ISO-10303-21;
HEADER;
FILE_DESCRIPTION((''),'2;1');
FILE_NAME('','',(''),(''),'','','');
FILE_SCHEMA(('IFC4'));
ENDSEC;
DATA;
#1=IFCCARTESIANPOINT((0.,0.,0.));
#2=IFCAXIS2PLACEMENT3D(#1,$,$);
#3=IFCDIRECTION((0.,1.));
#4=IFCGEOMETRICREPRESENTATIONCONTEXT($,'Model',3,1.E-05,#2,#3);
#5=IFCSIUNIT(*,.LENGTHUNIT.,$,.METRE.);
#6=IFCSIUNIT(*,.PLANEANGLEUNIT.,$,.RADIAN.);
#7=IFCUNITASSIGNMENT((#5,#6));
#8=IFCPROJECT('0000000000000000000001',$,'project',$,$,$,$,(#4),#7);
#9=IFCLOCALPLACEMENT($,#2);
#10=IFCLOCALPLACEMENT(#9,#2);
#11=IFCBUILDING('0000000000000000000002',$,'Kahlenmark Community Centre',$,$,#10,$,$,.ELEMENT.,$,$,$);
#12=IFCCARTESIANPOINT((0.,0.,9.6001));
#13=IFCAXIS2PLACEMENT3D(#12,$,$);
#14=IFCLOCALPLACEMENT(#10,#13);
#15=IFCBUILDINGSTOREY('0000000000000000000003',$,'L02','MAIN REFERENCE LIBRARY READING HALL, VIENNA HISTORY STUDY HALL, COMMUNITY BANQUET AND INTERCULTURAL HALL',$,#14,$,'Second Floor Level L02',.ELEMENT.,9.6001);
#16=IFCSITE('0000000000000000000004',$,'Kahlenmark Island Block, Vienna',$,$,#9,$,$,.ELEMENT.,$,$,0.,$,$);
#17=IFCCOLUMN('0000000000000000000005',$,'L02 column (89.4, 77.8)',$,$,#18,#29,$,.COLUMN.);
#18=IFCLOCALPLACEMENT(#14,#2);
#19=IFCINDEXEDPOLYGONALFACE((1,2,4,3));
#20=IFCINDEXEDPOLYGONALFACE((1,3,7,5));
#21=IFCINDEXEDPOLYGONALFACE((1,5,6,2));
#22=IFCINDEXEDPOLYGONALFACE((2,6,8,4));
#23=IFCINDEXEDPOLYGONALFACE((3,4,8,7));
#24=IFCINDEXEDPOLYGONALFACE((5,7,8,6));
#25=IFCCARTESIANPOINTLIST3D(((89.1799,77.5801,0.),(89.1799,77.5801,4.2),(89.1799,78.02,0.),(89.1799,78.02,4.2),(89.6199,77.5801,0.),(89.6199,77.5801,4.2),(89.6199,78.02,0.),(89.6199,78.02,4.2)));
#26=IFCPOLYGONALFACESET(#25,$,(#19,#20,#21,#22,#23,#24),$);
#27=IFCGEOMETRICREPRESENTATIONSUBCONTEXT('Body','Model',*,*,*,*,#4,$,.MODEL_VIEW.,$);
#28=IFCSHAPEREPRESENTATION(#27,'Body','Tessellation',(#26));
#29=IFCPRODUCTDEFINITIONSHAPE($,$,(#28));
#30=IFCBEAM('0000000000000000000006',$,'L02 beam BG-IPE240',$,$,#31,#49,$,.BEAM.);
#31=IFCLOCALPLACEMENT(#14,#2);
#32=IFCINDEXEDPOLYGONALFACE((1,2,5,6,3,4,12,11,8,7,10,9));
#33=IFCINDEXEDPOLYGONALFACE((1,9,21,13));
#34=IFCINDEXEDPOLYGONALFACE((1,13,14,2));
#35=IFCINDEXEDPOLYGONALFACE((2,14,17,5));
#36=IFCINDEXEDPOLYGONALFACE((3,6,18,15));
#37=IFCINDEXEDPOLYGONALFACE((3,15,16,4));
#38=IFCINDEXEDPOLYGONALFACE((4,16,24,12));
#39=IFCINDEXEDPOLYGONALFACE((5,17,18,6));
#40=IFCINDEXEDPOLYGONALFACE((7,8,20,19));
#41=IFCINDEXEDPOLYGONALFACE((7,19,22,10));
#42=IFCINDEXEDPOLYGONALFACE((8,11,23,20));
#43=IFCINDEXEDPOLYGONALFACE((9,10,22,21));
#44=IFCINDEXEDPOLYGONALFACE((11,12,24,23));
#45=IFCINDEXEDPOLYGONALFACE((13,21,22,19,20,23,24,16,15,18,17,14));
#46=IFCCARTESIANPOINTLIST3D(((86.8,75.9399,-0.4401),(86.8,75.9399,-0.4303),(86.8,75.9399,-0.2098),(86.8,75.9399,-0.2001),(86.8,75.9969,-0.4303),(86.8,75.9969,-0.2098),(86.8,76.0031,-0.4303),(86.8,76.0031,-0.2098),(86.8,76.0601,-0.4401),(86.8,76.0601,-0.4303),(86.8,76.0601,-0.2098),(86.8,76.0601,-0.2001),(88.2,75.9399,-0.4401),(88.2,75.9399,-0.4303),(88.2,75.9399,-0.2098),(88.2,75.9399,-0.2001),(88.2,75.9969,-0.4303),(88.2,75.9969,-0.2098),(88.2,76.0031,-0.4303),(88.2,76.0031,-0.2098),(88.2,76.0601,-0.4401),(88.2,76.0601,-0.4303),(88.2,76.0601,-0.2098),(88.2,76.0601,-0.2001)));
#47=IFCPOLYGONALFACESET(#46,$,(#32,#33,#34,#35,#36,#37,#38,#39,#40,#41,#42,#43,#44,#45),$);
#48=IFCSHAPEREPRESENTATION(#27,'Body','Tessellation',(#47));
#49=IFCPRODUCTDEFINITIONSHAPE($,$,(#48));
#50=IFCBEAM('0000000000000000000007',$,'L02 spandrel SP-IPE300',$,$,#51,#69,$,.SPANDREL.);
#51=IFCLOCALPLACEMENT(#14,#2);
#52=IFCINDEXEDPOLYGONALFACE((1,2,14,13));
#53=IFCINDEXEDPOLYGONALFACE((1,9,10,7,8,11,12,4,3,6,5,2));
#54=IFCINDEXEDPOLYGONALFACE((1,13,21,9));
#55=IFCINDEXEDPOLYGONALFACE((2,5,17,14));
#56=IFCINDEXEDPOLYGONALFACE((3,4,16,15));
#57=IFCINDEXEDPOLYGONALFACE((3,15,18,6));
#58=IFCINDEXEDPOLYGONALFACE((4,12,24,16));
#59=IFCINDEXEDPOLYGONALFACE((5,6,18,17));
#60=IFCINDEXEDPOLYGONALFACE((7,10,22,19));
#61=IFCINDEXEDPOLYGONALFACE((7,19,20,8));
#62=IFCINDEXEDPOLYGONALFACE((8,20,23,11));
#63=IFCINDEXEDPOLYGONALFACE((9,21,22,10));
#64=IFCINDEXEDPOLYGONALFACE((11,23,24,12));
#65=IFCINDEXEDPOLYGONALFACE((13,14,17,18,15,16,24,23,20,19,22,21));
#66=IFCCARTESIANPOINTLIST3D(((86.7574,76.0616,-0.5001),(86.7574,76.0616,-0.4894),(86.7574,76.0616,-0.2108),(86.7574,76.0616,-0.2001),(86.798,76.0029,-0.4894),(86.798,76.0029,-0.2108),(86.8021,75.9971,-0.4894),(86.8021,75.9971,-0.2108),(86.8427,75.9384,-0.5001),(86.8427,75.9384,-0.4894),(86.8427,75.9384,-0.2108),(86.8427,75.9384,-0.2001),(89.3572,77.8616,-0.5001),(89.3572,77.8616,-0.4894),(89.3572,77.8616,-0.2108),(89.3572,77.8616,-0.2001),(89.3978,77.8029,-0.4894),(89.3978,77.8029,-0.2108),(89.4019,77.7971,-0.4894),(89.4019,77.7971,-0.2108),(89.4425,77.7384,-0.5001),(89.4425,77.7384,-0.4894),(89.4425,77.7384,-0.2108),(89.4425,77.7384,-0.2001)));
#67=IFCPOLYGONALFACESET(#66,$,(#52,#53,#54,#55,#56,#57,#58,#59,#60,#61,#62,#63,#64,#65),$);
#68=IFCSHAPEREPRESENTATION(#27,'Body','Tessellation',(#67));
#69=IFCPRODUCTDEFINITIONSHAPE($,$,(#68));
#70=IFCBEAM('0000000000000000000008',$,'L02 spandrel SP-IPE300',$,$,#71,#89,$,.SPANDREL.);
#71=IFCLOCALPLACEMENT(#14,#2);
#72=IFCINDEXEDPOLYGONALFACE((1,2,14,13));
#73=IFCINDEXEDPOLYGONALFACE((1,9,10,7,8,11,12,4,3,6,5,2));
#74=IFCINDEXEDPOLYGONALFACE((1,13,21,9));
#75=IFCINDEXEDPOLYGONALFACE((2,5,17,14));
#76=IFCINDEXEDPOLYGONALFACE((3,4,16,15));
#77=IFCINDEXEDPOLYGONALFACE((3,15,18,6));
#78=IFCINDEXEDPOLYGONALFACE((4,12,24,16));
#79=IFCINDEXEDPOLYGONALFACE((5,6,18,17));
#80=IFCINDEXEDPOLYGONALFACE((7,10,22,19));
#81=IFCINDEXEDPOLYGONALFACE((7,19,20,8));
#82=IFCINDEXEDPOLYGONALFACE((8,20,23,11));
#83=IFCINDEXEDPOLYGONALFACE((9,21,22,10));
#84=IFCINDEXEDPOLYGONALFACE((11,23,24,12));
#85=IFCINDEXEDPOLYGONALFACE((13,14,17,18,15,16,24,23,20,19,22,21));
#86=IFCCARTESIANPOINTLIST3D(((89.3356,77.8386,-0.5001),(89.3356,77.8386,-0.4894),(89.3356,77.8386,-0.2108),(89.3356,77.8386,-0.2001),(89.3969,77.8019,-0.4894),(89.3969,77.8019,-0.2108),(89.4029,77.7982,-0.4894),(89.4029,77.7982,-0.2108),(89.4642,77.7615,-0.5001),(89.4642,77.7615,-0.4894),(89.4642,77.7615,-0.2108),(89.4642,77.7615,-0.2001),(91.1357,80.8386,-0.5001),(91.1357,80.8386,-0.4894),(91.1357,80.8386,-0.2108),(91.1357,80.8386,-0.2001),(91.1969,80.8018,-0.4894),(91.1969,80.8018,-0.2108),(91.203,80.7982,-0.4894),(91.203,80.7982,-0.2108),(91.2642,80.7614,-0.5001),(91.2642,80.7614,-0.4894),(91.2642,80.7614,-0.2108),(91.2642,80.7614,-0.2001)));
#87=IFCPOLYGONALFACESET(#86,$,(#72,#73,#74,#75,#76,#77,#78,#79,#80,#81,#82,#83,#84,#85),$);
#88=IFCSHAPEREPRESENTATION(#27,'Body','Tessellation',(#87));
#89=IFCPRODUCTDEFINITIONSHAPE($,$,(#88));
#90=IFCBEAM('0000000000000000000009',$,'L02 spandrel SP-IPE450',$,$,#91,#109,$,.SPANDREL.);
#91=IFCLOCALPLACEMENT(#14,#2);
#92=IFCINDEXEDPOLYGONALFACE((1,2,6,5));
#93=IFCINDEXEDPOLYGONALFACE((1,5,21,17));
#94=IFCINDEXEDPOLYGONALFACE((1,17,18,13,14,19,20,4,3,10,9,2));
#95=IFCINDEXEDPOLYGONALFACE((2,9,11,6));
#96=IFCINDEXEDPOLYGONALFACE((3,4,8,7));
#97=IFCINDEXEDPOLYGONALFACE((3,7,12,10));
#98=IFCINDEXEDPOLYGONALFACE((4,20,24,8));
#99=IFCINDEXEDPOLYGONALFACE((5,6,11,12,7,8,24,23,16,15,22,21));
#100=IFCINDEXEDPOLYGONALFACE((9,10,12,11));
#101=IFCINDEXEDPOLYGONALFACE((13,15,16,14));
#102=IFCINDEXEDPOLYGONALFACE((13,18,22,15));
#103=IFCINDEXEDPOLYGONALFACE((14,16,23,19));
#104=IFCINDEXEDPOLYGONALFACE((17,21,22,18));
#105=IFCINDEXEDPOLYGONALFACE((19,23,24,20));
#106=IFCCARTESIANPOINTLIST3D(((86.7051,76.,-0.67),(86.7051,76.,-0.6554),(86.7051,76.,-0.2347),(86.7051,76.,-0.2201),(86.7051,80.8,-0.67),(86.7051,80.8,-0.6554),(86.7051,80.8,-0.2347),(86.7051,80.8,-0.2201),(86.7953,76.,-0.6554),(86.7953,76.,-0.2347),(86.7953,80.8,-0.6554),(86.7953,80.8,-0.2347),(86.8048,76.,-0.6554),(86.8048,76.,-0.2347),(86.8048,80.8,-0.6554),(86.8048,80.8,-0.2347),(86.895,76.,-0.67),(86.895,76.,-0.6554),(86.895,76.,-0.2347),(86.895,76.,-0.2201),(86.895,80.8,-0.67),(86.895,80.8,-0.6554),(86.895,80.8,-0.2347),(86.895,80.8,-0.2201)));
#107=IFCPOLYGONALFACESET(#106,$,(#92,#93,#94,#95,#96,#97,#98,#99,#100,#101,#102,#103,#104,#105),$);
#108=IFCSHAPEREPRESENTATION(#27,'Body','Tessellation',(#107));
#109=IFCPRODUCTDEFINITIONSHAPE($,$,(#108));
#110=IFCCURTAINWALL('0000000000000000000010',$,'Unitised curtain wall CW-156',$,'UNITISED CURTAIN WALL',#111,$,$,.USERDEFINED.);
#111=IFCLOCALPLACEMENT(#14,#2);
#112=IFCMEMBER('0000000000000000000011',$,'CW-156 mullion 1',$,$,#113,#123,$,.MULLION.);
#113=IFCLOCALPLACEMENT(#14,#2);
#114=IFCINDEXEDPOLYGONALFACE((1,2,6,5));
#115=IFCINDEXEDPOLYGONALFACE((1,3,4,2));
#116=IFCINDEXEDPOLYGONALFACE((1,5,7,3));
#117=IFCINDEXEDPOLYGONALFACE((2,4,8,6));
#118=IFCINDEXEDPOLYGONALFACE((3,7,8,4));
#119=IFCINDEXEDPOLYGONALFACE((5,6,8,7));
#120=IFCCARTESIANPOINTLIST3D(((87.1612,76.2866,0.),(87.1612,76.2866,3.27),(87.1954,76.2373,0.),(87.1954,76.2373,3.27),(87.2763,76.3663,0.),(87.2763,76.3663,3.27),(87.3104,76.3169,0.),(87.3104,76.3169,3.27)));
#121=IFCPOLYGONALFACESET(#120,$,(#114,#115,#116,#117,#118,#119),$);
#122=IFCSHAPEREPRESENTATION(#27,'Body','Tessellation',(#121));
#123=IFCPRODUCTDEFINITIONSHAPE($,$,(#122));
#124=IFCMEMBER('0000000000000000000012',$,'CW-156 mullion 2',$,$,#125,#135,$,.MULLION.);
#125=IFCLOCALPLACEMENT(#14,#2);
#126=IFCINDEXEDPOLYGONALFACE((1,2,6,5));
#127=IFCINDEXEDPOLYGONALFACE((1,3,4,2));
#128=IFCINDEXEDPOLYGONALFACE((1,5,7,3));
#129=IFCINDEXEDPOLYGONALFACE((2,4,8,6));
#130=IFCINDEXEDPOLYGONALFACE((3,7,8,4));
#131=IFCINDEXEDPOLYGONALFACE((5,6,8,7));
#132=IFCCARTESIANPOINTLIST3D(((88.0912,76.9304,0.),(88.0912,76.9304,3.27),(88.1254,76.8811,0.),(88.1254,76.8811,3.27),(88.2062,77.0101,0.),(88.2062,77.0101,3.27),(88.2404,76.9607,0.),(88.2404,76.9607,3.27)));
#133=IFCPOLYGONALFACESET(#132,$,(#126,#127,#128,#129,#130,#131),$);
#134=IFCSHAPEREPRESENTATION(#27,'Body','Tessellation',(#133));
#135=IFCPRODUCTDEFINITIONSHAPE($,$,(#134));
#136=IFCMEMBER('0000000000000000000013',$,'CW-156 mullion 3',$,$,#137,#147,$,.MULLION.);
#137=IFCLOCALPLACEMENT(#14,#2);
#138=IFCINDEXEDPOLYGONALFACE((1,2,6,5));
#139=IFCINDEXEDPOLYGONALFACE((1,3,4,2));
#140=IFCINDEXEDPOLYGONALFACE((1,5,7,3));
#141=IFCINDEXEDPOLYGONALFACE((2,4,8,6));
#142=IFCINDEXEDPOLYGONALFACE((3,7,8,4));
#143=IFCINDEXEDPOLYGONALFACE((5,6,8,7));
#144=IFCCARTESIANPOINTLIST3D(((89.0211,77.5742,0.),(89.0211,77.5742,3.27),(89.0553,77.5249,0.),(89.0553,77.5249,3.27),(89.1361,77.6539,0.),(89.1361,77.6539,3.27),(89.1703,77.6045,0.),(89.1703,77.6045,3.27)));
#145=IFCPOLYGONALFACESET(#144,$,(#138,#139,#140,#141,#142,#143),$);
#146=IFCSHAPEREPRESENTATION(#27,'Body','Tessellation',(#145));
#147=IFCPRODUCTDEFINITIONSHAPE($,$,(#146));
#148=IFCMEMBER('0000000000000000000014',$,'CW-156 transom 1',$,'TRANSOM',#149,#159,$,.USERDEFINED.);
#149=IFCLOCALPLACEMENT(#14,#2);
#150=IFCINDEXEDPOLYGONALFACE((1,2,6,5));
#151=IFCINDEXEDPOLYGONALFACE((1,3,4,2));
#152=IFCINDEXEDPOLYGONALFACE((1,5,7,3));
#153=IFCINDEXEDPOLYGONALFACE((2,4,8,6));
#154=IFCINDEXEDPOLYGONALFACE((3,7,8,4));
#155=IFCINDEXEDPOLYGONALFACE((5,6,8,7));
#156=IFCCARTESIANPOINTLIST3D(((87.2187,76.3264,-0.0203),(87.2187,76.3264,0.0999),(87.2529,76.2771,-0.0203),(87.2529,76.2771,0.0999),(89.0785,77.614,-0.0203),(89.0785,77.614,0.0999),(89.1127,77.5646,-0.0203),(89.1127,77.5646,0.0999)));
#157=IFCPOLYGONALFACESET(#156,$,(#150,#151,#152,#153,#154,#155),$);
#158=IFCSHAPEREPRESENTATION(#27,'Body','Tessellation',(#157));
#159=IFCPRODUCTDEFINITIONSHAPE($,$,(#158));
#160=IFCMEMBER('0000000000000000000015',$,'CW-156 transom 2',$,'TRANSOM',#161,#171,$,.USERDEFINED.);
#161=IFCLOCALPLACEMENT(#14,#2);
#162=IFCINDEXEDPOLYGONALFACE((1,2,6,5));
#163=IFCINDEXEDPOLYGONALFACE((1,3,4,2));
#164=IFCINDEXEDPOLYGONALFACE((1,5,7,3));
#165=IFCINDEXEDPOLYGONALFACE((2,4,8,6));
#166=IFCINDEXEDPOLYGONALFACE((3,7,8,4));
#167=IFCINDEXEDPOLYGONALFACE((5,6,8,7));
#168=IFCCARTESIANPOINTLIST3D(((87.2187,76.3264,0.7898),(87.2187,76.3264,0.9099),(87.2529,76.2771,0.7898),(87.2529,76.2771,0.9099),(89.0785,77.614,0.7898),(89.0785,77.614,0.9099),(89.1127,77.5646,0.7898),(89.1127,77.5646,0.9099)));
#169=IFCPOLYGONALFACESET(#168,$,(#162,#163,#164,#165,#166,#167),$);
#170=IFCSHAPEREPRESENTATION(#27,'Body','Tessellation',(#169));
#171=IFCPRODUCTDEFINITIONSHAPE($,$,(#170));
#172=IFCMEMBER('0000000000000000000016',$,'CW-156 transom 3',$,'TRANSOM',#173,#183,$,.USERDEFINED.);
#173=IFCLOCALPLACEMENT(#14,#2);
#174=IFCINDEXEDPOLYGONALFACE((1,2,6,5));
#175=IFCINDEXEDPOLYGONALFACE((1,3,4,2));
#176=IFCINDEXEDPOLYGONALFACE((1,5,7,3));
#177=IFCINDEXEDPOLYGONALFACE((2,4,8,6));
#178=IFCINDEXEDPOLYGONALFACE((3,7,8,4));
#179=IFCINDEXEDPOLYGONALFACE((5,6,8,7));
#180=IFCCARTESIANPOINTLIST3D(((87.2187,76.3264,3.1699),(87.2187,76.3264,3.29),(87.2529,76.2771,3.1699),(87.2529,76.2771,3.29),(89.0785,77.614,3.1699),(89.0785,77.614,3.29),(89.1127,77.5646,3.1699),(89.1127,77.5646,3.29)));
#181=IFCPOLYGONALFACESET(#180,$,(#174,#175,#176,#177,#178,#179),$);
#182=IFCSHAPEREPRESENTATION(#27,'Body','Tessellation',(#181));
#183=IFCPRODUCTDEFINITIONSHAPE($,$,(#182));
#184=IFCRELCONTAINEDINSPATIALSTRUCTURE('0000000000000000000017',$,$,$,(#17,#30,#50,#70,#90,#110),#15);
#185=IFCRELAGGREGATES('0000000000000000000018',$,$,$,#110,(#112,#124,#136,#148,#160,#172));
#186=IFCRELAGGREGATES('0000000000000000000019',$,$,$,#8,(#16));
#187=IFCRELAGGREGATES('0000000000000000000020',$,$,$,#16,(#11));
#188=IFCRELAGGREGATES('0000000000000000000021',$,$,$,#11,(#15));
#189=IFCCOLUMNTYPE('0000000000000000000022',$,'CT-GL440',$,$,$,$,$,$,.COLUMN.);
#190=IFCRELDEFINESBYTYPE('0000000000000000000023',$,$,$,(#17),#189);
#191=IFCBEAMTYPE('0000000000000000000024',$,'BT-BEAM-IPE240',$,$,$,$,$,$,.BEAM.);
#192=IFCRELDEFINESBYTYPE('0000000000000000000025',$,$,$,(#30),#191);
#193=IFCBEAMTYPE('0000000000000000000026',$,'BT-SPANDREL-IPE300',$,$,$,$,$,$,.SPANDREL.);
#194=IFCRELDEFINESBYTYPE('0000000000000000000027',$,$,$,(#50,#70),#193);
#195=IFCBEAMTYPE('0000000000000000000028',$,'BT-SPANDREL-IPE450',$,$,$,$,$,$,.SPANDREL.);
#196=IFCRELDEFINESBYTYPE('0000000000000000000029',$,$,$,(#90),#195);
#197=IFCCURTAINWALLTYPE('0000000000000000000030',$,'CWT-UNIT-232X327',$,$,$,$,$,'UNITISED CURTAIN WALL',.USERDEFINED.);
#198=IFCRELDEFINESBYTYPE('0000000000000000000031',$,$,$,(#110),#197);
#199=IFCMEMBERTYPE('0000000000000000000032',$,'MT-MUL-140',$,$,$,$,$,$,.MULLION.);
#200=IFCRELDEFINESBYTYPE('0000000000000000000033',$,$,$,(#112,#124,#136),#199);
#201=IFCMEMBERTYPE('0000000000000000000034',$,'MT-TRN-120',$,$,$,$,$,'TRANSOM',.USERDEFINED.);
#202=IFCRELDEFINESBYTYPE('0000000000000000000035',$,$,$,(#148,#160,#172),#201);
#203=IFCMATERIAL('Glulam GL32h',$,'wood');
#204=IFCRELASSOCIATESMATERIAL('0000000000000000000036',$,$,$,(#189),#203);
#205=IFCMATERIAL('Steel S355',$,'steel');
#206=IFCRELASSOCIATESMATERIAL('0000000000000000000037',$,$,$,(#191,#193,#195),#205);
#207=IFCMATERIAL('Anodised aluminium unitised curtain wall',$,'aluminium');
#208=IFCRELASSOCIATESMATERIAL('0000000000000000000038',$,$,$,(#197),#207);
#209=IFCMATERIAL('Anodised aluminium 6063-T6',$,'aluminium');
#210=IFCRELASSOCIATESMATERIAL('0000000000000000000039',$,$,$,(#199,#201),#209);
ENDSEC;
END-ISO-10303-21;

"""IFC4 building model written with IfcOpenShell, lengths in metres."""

from ifc_helpers import new_model, si_unit, direction, frame, origin, origin_2d, place, context, subcontext, project, spatial, rectangle, i_section, extrude, material, material_profile, profile_set, type_object, element, aggregate, save


model = new_model("IFC4")

# Units and contexts
model_context = context("Model", 3, precision=1e-05, world=origin(), true_north=direction((0.0, 1.0)))
body_context = subcontext(model_context, "Body", "Model", "MODEL_VIEW")
ifc_project = project(units=[si_unit("LENGTHUNIT", "METRE"), si_unit("PLANEANGLEUNIT", "RADIAN")], contexts=[model_context])

# Site, building, storey
site_placement = place(None, origin())
site = spatial("IfcSite", under=ifc_project, at=site_placement, Name="Kahlenmark Island Block, Vienna", CompositionType="ELEMENT", RefElevation=0.0)
building_placement = place(site_placement, origin())
building = spatial("IfcBuilding", under=site, at=building_placement, Name="Kahlenmark Community Centre", CompositionType="ELEMENT")
storey_placement = place(building_placement, frame((0.0, 0.0, 9.6001)))
storey = spatial("IfcBuildingStorey", under=building, at=storey_placement, Name="L02", Description="MAIN REFERENCE LIBRARY READING HALL, VIENNA HISTORY STUDY HALL, COMMUNITY BANQUET AND INTERCULTURAL HALL", LongName="Second Floor Level L02", CompositionType="ELEMENT", Elevation=9.6001)

# Column
ifc_material_1 = material(Name="Glulam GL32h", Category="wood")
ifc_material_profile_1 = material_profile(ifc_material_1, rectangle(XDim=0.4399, YDim=0.4399, at=origin_2d()), Name="GL32h 440x440")
ifc_profile_set_1 = profile_set([ifc_material_profile_1], Name="Glulam GL32h")
column_type = type_object("IfcColumnType", Name="CT-GL440", PredefinedType="COLUMN", material=ifc_profile_set_1)
column_placement = place(storey_placement, frame((89.3999, 77.8, 0.0), z_axis=(0.0, 0.0, 1.0), x_axis=(1.0, 0.0, 0.0)))
element("IfcColumn", 1, at=column_placement, inside=storey, type_object=column_type, Name="L02 column (89.4, 77.8)", PredefinedType="COLUMN", context=body_context, shape_type="SweptSolid", body=[
    extrude(rectangle(XDim=0.4399, YDim=0.4399, at=origin_2d()), origin(), (0.0, 0.0, 1.0), 4.2),
])

# Beams
ifc_material_2 = material(Name="Steel S355", Category="steel")
ifc_material_profile_2 = material_profile(ifc_material_2, i_section(OverallWidth=0.1201, OverallDepth=0.24, WebThickness=0.0061, FlangeThickness=0.0098, at=origin_2d()), Name="IPE 240")
ifc_profile_set_2 = profile_set([ifc_material_profile_2], Name="Steel S355")
beam_type_1 = type_object("IfcBeamType", Name="BT-BEAM-IPE240", PredefinedType="BEAM", material=ifc_profile_set_2)
beam_1_placement = place(storey_placement, frame((86.8, 76.0, -0.3201), z_axis=(1.0, 0.0, 0.0), x_axis=(0.0, 1.0, 0.0)))
element("IfcBeam", 2, at=beam_1_placement, inside=storey, type_object=beam_type_1, Name="L02 beam BG-IPE240", PredefinedType="BEAM", context=body_context, shape_type="SweptSolid", body=[
    extrude(i_section(OverallWidth=0.1201, OverallDepth=0.24, WebThickness=0.0061, FlangeThickness=0.0098, at=origin_2d()), origin(), (0.0, 0.0, 1.0), 1.3999),
])
ifc_material_profile_3 = material_profile(ifc_material_2, i_section(OverallWidth=0.1499, OverallDepth=0.3, WebThickness=0.0071, FlangeThickness=0.0107, at=origin_2d()), Name="IPE 300")
ifc_profile_set_3 = profile_set([ifc_material_profile_3], Name="Steel S355")
beam_type_2 = type_object("IfcBeamType", Name="BT-SPANDREL-IPE300", PredefinedType="SPANDREL", material=ifc_profile_set_3)
beam_2_placement = place(storey_placement, frame((86.8, 76.0, -0.3501), z_axis=(0.82217, 0.569242, 0.0), x_axis=(-0.569242, 0.82217, 0.0)))
element("IfcBeam", 3, at=beam_2_placement, inside=storey, type_object=beam_type_2, Name="L02 spandrel SP-IPE300", PredefinedType="SPANDREL", context=body_context, shape_type="SweptSolid", body=[
    extrude(i_section(OverallWidth=0.1499, OverallDepth=0.3, WebThickness=0.0071, FlangeThickness=0.0107, at=origin_2d()), origin(), (0.0, 0.0, 1.0), 3.1621),
])
beam_3_placement = place(storey_placement, frame((89.3999, 77.8, -0.3501), z_axis=(0.514506, 0.857487, 0.0), x_axis=(-0.857487, 0.514506, 0.0)))
element("IfcBeam", 4, at=beam_3_placement, inside=storey, type_object=beam_type_2, Name="L02 spandrel SP-IPE300", PredefinedType="SPANDREL", context=body_context, shape_type="SweptSolid", body=[
    extrude(i_section(OverallWidth=0.1499, OverallDepth=0.3, WebThickness=0.0071, FlangeThickness=0.0107, at=origin_2d()), origin(), (0.0, 0.0, 1.0), 3.4985),
])
ifc_material_profile_4 = material_profile(ifc_material_2, i_section(OverallWidth=0.1899, OverallDepth=0.45, WebThickness=0.0095, FlangeThickness=0.0146, at=origin_2d()), Name="IPE 450")
ifc_profile_set_4 = profile_set([ifc_material_profile_4], Name="Steel S355")
beam_type_3 = type_object("IfcBeamType", Name="BT-SPANDREL-IPE450", PredefinedType="SPANDREL", material=ifc_profile_set_4)
beam_4_placement = place(storey_placement, frame((86.8, 76.0, -0.4451), z_axis=(0.0, 1.0, 0.0), x_axis=(-1.0, 0.0, 0.0)))
element("IfcBeam", 5, at=beam_4_placement, inside=storey, type_object=beam_type_3, Name="L02 spandrel SP-IPE450", PredefinedType="SPANDREL", context=body_context, shape_type="SweptSolid", body=[
    extrude(i_section(OverallWidth=0.1899, OverallDepth=0.45, WebThickness=0.0095, FlangeThickness=0.0146, at=origin_2d()), origin(), (0.0, 0.0, 1.0), 4.8),
])

# Curtain wall, members
ifc_material_3 = material(Name="Anodised aluminium unitised curtain wall", Category="aluminium")
curtain_wall_type = type_object("IfcCurtainWallType", Name="CWT-UNIT-232X327", ElementType="UNITISED CURTAIN WALL", PredefinedType="USERDEFINED", material=ifc_material_3)
curtain_wall_placement = place(storey_placement, origin())
curtain_wall = element("IfcCurtainWall", 6, at=curtain_wall_placement, inside=storey, type_object=curtain_wall_type, Name="Unitised curtain wall CW-156", ObjectType="UNITISED CURTAIN WALL", PredefinedType="USERDEFINED")
ifc_material_4 = material(Name="Anodised aluminium 6063-T6", Category="aluminium")
ifc_material_profile_5 = material_profile(ifc_material_4, rectangle(XDim=0.0601, YDim=0.1399, at=origin_2d()), Name="ALU MULLION 60x140")
ifc_profile_set_5 = profile_set([ifc_material_profile_5], Name="Anodised aluminium 6063-T6")
member_type_1 = type_object("IfcMemberType", Name="MT-MUL-140", PredefinedType="MULLION", material=ifc_profile_set_5)
member_1_placement = place(storey_placement, frame((87.2358, 76.3018, 0.0), z_axis=(0.0, 0.0, 1.0), x_axis=(-0.569212, 0.822191, 0.0)))
member_1 = element("IfcMember", 7, at=member_1_placement, type_object=member_type_1, Name="CW-156 mullion 1", PredefinedType="MULLION", context=body_context, shape_type="SweptSolid", body=[
    extrude(rectangle(XDim=0.0601, YDim=0.1399, at=origin_2d()), origin(), (0.0, 0.0, 1.0), 3.27),
])
member_2_placement = place(storey_placement, frame((88.1658, 76.9456, 0.0), z_axis=(0.0, 0.0, 1.0), x_axis=(-0.569212, 0.822191, 0.0)))
member_2 = element("IfcMember", 8, at=member_2_placement, type_object=member_type_1, Name="CW-156 mullion 2", PredefinedType="MULLION", context=body_context, shape_type="SweptSolid", body=[
    extrude(rectangle(XDim=0.0601, YDim=0.1399, at=origin_2d()), origin(), (0.0, 0.0, 1.0), 3.27),
])
member_3_placement = place(storey_placement, frame((89.0957, 77.5894, 0.0), z_axis=(0.0, 0.0, 1.0), x_axis=(-0.569212, 0.822191, 0.0)))
member_3 = element("IfcMember", 9, at=member_3_placement, type_object=member_type_1, Name="CW-156 mullion 3", PredefinedType="MULLION", context=body_context, shape_type="SweptSolid", body=[
    extrude(rectangle(XDim=0.0601, YDim=0.1399, at=origin_2d()), origin(), (0.0, 0.0, 1.0), 3.27),
])
ifc_material_profile_6 = material_profile(ifc_material_4, rectangle(XDim=0.0601, YDim=0.1201, at=origin_2d()), Name="ALU TRANSOM 60x120")
ifc_profile_set_6 = profile_set([ifc_material_profile_6], Name="Anodised aluminium 6063-T6")
member_type_2 = type_object("IfcMemberType", Name="MT-TRN-120", ElementType="TRANSOM", PredefinedType="USERDEFINED", material=ifc_profile_set_6)
member_4_placement = place(storey_placement, frame((87.2358, 76.3018, 0.0398), z_axis=(0.822192, 0.56921, 0.0), x_axis=(-0.56921, 0.822192, 0.0)))
member_4 = element("IfcMember", 10, at=member_4_placement, type_object=member_type_2, Name="CW-156 transom 1", ObjectType="TRANSOM", PredefinedType="USERDEFINED", context=body_context, shape_type="SweptSolid", body=[
    extrude(rectangle(XDim=0.0601, YDim=0.1201, at=origin_2d()), origin(), (0.0, 0.0, 1.0), 2.262),
])
member_5_placement = place(storey_placement, frame((87.2358, 76.3018, 0.8499), z_axis=(0.822192, 0.56921, 0.0), x_axis=(-0.56921, 0.822192, 0.0)))
member_5 = element("IfcMember", 11, at=member_5_placement, type_object=member_type_2, Name="CW-156 transom 2", ObjectType="TRANSOM", PredefinedType="USERDEFINED", context=body_context, shape_type="SweptSolid", body=[
    extrude(rectangle(XDim=0.0601, YDim=0.1201, at=origin_2d()), origin(), (0.0, 0.0, 1.0), 2.262),
])
member_6_placement = place(storey_placement, frame((87.2358, 76.3018, 3.23), z_axis=(0.822192, 0.56921, 0.0), x_axis=(-0.56921, 0.822192, 0.0)))
member_6 = element("IfcMember", 12, at=member_6_placement, type_object=member_type_2, Name="CW-156 transom 3", ObjectType="TRANSOM", PredefinedType="USERDEFINED", context=body_context, shape_type="SweptSolid", body=[
    extrude(rectangle(XDim=0.0601, YDim=0.1201, at=origin_2d()), origin(), (0.0, 0.0, 1.0), 2.262),
])
aggregate(curtain_wall, [member_1, member_2, member_3, member_4, member_5, member_6])

save(model, "model.ifc")
